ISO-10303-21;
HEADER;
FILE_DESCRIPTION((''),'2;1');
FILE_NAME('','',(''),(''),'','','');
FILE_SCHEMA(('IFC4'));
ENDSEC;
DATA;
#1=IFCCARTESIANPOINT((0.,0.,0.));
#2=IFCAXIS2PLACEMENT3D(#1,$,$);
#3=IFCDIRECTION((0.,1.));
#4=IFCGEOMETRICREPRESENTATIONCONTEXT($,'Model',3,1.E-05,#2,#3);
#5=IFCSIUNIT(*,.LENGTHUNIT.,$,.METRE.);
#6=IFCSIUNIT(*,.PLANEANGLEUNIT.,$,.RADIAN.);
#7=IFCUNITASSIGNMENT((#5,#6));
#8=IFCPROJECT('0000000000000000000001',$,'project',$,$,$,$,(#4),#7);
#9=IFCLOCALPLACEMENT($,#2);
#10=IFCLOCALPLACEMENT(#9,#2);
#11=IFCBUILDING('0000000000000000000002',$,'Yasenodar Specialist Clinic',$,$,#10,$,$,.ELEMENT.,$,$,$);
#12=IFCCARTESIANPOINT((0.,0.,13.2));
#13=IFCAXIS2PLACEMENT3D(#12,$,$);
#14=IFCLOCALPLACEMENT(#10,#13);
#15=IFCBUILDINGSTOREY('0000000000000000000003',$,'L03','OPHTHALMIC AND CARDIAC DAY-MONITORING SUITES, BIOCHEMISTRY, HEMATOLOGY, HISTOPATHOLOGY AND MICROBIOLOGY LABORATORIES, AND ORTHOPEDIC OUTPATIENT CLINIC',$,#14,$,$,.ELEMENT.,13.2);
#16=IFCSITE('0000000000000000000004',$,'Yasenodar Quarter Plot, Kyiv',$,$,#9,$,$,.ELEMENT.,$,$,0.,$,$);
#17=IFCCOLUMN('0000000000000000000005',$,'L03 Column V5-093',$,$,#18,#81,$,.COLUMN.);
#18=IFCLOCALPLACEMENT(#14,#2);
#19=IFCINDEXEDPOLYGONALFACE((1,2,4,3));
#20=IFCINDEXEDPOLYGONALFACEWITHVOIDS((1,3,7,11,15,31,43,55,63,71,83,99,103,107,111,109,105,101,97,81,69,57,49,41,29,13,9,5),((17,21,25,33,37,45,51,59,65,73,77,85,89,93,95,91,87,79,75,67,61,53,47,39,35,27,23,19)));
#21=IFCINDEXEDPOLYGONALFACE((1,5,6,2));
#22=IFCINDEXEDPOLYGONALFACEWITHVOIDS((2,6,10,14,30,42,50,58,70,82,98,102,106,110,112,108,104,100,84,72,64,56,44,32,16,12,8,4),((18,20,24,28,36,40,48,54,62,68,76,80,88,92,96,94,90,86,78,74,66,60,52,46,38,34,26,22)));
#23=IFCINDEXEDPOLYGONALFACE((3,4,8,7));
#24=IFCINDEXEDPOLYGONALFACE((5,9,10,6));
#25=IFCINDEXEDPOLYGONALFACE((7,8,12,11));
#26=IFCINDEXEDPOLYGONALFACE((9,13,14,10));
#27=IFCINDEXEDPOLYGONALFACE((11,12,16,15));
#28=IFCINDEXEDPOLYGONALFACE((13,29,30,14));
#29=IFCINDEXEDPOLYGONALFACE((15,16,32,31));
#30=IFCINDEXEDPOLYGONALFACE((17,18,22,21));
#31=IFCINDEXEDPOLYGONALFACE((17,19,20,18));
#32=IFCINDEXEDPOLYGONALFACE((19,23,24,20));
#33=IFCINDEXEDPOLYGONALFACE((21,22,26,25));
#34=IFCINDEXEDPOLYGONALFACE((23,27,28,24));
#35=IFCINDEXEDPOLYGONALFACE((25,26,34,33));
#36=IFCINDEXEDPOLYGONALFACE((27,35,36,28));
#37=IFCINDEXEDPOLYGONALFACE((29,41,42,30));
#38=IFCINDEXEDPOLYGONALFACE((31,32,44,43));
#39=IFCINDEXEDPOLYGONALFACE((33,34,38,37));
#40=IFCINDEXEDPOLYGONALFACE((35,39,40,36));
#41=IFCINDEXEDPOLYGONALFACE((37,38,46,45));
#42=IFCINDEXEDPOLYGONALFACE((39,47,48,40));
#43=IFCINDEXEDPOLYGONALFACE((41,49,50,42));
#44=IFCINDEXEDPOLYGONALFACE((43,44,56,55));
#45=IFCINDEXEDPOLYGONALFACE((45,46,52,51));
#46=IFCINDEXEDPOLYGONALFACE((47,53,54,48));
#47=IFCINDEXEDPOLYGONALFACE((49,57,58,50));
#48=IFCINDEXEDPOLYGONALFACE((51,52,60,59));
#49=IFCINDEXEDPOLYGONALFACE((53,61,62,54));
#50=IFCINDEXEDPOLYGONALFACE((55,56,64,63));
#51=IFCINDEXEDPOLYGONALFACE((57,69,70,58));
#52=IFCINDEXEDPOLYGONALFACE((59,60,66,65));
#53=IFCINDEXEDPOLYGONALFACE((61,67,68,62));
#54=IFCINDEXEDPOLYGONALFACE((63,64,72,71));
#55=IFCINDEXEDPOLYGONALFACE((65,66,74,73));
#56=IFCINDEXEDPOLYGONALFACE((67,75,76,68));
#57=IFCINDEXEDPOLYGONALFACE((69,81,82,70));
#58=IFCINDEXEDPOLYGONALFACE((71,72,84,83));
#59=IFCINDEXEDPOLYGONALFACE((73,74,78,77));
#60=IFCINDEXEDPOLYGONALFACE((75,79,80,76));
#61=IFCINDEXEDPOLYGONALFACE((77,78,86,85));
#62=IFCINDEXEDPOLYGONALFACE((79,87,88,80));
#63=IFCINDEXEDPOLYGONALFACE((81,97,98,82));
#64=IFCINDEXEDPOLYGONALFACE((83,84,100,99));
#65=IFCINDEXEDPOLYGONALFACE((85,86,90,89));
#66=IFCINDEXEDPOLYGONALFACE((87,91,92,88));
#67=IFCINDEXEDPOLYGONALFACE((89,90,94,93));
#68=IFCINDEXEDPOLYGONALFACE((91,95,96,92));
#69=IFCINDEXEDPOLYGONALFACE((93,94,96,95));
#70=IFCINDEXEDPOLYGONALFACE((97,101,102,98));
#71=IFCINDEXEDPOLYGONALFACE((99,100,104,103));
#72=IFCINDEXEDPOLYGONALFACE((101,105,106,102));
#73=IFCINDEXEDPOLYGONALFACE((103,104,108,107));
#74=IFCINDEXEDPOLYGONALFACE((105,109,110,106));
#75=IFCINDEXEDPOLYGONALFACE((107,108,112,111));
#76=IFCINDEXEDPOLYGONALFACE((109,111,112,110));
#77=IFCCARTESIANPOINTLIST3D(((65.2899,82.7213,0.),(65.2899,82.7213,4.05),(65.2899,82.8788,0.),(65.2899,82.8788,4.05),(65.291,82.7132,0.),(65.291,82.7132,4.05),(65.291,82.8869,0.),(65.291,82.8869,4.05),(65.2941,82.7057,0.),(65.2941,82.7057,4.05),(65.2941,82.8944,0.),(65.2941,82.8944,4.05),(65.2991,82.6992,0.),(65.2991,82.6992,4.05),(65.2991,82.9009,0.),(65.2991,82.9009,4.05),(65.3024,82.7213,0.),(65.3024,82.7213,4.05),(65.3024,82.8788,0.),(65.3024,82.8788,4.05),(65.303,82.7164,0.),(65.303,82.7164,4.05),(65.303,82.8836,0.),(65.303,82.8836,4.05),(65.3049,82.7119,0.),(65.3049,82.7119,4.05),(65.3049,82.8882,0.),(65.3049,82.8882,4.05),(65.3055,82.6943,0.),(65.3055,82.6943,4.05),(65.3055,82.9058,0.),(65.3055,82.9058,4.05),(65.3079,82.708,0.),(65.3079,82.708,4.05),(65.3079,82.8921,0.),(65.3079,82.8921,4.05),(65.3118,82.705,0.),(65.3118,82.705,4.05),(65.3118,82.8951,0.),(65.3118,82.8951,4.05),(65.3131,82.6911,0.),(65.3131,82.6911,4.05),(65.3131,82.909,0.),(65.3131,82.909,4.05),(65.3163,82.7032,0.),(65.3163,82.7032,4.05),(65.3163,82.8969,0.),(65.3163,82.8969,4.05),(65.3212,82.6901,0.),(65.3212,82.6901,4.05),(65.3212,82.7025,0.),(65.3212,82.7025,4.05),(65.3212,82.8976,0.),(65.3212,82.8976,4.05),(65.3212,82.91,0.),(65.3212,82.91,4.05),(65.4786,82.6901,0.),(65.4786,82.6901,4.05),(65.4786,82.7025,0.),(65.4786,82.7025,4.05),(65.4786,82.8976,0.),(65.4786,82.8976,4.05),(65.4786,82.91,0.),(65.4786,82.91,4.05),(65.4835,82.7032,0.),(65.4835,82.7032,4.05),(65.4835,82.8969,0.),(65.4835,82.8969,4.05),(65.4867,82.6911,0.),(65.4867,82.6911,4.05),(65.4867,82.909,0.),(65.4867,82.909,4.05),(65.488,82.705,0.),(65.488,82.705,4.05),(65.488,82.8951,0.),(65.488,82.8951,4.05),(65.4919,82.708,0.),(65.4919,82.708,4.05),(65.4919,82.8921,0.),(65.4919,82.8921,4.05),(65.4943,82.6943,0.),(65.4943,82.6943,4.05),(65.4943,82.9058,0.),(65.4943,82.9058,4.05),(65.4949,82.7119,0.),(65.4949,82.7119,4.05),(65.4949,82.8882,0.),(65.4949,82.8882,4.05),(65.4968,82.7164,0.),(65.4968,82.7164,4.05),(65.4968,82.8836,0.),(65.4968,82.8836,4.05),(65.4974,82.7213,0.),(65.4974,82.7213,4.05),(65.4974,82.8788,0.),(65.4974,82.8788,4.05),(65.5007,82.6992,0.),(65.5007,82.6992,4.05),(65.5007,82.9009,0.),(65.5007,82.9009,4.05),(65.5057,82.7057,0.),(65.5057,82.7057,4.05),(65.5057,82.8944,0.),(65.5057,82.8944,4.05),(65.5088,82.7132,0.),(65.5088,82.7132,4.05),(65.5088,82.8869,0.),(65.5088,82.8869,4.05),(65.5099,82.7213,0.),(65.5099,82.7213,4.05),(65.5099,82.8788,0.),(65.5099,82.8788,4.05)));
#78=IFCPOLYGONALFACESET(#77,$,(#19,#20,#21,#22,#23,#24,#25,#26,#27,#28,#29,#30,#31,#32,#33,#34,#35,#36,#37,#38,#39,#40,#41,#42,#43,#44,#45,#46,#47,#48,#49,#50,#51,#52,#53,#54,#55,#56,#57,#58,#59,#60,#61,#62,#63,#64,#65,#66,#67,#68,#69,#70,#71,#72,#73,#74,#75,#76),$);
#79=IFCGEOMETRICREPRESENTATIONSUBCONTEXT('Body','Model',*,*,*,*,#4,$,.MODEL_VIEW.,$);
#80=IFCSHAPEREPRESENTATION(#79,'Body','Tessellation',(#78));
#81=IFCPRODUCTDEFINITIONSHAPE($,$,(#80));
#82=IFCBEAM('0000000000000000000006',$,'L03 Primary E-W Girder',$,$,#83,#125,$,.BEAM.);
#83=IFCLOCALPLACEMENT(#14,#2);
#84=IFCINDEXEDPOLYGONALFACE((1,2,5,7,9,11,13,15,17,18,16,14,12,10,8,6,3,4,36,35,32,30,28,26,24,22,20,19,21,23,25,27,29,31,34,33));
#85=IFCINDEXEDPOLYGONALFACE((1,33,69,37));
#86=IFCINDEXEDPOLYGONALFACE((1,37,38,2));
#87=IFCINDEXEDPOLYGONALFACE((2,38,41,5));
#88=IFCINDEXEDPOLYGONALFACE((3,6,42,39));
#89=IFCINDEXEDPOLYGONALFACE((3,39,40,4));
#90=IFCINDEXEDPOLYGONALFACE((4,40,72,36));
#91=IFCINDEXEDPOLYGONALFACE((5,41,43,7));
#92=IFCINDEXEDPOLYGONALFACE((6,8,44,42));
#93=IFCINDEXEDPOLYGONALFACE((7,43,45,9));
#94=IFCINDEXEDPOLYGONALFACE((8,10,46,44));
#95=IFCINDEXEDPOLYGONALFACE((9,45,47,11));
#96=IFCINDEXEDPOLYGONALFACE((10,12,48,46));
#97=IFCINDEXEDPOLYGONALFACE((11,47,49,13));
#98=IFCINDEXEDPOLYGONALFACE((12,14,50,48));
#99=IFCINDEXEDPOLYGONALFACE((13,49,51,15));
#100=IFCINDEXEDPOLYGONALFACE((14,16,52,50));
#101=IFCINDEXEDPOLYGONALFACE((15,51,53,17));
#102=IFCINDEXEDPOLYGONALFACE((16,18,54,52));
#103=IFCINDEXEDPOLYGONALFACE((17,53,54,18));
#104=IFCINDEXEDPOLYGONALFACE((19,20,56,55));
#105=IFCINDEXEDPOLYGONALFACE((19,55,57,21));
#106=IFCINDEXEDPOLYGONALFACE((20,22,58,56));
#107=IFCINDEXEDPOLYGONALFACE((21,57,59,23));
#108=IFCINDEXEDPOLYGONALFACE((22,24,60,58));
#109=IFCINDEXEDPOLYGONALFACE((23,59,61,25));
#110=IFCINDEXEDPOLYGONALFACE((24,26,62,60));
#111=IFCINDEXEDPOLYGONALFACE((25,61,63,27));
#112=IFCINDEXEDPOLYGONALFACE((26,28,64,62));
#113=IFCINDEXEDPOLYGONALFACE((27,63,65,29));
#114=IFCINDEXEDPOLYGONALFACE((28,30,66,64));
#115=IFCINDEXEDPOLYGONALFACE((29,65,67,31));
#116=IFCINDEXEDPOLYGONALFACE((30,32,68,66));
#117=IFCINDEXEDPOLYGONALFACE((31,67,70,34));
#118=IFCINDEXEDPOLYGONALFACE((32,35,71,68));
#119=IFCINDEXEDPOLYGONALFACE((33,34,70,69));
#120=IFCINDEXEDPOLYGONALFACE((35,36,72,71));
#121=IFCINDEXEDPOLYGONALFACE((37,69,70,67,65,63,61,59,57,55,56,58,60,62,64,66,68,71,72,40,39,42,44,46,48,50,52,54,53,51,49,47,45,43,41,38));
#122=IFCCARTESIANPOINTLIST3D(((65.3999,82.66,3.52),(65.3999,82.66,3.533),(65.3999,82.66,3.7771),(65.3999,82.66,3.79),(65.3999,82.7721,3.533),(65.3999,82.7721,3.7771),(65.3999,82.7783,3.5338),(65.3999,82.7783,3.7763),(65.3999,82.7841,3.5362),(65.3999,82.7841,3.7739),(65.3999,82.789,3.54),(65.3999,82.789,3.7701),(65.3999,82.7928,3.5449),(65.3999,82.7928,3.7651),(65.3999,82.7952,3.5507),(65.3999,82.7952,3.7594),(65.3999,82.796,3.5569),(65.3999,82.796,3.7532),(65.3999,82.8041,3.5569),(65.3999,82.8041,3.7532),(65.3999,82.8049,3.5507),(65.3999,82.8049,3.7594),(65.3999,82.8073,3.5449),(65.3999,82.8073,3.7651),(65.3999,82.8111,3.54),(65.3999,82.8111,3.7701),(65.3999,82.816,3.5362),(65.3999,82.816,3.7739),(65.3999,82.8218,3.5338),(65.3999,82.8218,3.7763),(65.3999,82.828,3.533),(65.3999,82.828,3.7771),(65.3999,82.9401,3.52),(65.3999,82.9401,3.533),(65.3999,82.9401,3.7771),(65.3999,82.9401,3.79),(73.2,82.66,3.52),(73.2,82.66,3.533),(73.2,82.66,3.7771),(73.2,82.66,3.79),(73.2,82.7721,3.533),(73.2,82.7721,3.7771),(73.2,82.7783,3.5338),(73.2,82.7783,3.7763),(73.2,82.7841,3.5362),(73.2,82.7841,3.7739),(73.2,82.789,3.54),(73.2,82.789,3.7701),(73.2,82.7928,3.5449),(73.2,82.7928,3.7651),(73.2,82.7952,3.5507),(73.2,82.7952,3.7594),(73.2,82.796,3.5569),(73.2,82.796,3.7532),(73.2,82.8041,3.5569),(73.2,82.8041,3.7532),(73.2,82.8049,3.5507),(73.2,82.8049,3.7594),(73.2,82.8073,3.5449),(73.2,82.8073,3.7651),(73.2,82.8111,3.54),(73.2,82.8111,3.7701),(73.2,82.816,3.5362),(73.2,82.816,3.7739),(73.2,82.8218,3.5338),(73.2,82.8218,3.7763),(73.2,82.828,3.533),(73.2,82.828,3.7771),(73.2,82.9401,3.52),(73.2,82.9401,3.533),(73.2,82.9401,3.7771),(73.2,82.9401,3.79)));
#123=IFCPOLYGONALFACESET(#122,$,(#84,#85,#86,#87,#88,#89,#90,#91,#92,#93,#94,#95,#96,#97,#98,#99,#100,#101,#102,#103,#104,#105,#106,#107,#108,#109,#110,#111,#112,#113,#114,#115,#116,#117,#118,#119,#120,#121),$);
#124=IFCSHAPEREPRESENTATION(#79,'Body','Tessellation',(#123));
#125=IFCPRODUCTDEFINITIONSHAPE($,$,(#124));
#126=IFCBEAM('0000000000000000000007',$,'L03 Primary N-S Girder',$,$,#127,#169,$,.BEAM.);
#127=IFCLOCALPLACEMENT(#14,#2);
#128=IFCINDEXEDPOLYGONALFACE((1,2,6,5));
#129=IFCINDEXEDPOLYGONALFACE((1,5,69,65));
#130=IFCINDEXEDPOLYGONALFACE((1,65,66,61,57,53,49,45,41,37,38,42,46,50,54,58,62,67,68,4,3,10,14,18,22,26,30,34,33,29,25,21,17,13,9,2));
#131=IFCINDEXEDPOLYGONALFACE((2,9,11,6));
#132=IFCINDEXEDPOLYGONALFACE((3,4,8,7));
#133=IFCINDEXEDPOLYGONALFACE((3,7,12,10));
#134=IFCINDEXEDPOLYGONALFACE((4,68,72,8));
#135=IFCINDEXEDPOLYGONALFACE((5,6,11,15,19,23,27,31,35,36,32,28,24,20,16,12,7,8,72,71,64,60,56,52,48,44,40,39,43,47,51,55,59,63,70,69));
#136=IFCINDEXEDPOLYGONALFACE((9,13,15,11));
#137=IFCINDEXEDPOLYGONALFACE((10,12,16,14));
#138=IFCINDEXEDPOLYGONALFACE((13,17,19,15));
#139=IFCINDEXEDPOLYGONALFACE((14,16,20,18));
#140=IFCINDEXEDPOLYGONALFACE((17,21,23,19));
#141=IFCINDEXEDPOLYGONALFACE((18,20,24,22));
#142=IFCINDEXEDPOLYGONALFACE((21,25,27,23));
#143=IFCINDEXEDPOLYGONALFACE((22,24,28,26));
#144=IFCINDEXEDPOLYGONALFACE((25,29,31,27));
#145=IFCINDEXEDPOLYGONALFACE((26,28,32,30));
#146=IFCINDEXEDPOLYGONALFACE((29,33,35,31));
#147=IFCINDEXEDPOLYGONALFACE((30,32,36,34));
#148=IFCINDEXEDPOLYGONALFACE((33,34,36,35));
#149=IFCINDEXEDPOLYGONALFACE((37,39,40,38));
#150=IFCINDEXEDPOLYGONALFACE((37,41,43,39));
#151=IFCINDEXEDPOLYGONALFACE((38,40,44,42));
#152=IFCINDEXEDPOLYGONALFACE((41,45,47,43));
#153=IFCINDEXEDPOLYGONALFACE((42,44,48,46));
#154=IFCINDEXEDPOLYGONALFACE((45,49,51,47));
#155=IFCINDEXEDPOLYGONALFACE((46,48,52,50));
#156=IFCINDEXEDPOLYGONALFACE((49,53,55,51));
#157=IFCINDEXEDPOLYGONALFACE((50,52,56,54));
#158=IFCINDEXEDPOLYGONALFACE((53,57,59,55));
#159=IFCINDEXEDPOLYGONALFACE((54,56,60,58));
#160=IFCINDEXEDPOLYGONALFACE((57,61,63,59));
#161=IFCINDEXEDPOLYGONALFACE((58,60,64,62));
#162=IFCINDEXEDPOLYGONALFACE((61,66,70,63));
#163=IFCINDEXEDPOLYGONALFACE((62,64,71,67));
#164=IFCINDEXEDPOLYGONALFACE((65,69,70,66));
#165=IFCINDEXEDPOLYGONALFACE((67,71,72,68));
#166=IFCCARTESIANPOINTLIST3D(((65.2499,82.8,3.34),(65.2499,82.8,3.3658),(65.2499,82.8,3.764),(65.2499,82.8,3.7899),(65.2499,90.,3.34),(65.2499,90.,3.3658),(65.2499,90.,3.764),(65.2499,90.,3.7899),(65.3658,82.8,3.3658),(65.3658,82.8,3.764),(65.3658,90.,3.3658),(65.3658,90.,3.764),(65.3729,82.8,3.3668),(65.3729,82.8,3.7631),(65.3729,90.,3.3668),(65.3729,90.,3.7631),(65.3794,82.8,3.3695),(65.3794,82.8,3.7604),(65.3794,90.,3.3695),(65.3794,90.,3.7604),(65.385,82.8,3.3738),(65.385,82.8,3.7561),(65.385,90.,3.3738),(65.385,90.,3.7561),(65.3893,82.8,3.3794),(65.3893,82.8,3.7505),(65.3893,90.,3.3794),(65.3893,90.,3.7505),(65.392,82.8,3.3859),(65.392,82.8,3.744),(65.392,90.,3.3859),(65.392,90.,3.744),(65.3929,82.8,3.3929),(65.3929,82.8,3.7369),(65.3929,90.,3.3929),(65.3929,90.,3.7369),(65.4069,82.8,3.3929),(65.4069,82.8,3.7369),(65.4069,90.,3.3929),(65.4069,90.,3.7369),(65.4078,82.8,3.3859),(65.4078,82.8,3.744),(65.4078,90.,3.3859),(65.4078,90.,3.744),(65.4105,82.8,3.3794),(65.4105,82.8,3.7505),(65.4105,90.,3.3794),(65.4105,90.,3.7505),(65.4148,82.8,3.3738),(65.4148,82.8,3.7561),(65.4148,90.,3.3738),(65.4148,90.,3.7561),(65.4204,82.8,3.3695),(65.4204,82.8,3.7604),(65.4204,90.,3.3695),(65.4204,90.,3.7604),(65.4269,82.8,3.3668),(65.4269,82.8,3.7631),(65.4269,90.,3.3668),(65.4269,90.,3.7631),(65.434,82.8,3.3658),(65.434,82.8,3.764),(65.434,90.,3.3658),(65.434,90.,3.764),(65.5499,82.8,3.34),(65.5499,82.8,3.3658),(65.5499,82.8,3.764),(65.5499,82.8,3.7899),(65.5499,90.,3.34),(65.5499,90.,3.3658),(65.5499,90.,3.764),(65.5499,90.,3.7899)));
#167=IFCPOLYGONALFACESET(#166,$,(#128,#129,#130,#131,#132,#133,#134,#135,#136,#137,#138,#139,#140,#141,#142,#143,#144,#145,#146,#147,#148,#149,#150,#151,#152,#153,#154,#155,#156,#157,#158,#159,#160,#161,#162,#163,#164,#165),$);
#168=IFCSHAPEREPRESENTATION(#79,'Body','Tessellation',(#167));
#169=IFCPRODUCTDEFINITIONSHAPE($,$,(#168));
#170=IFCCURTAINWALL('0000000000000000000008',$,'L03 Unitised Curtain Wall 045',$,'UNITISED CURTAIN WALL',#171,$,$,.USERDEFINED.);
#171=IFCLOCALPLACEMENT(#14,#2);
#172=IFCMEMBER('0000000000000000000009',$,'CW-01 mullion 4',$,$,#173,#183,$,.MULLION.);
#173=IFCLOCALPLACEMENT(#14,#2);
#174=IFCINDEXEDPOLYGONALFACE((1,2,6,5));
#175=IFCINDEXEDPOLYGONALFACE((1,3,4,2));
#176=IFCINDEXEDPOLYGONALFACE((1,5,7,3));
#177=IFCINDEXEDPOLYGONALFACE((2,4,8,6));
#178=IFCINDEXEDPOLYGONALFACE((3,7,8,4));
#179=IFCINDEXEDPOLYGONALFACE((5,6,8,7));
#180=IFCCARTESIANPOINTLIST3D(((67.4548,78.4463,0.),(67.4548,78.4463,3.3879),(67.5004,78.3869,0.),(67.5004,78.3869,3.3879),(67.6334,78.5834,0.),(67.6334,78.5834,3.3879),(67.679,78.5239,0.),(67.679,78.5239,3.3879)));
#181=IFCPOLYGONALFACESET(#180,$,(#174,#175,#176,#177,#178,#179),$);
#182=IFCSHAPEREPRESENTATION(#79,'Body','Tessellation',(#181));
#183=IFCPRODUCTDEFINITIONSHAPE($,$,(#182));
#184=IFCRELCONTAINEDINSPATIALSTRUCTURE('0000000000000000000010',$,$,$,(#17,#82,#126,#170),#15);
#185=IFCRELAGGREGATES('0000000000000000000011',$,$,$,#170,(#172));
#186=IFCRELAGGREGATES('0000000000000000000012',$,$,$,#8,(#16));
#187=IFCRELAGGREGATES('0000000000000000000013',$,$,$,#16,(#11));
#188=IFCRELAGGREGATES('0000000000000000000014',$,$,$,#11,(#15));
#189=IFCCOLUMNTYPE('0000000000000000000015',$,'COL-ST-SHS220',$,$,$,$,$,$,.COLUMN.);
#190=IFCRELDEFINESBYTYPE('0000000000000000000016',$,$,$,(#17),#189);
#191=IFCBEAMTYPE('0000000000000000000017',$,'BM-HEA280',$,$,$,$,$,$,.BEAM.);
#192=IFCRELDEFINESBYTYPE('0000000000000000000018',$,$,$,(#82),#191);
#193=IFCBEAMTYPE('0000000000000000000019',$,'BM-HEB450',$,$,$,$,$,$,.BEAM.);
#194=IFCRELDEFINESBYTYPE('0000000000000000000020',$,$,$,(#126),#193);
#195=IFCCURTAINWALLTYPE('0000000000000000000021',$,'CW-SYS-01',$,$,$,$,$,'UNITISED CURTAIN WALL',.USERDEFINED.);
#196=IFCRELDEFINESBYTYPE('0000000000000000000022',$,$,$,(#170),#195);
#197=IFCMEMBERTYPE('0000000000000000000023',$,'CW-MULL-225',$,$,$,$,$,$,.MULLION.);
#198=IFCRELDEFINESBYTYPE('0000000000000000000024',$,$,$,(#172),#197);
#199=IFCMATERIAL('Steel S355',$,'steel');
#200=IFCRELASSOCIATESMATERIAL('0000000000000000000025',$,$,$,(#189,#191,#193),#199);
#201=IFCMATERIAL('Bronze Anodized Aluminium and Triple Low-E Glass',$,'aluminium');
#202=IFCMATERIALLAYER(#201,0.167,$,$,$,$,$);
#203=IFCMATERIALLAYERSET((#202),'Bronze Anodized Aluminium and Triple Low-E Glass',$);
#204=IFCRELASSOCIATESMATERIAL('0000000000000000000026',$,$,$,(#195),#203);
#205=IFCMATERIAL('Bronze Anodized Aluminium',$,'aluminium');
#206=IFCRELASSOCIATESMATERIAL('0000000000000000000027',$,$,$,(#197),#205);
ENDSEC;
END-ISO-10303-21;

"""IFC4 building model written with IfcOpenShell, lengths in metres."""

from ifc_helpers import new_model, si_unit, direction, frame, origin, origin_2d, place, context, subcontext, project, spatial, rectangle, hollow_rectangle, i_section, extrude, material, layer, layer_set, material_profile, profile_set, type_object, element, aggregate, save


model = new_model("IFC4")

# Units and contexts
model_context = context("Model", 3, precision=1e-05, world=origin(), true_north=direction((0.0, 1.0)))
body_context = subcontext(model_context, "Body", "Model", "MODEL_VIEW")
ifc_project = project(units=[si_unit("LENGTHUNIT", "METRE"), si_unit("PLANEANGLEUNIT", "RADIAN")], contexts=[model_context])

# Site, building, storey
site_placement = place(None, origin())
site = spatial("IfcSite", under=ifc_project, at=site_placement, Name="Yasenodar Quarter Plot, Kyiv", CompositionType="ELEMENT", RefElevation=0.0)
building_placement = place(site_placement, origin())
building = spatial("IfcBuilding", under=site, at=building_placement, Name="Yasenodar Specialist Clinic", CompositionType="ELEMENT")
storey_placement = place(building_placement, frame((0.0, 0.0, 13.2)))
storey = spatial("IfcBuildingStorey", under=building, at=storey_placement, Name="L03", Description="OPHTHALMIC AND CARDIAC DAY-MONITORING SUITES, BIOCHEMISTRY, HEMATOLOGY, HISTOPATHOLOGY AND MICROBIOLOGY LABORATORIES, AND ORTHOPEDIC OUTPATIENT CLINIC", CompositionType="ELEMENT", Elevation=13.2)

# Column
ifc_material_1 = material(Name="Steel S355", Category="steel")
ifc_material_profile_1 = material_profile(ifc_material_1, hollow_rectangle(XDim=0.22, YDim=0.22, WallThickness=0.0125, InnerFilletRadius=0.0188, OuterFilletRadius=0.0312, at=origin_2d()), Name="SHS 220x220x12.5")
ifc_profile_set_1 = profile_set([ifc_material_profile_1], Name="Steel S355")
column_type = type_object("IfcColumnType", Name="COL-ST-SHS220", PredefinedType="COLUMN", material=ifc_profile_set_1)
column_placement = place(storey_placement, frame((65.3999, 82.8, 0.0), z_axis=(0.0, 0.0, 1.0), x_axis=(1.0, 0.0, 0.0)))
element("IfcColumn", 1, at=column_placement, inside=storey, type_object=column_type, Name="L03 Column V5-093", PredefinedType="COLUMN", context=body_context, shape_type="SweptSolid", body=[
    extrude(hollow_rectangle(XDim=0.22, YDim=0.22, WallThickness=0.0125, InnerFilletRadius=0.0188, OuterFilletRadius=0.0312, at=origin_2d()), origin(), (0.0, 0.0, 1.0), 4.05),
])

# Beams
ifc_material_profile_2 = material_profile(ifc_material_1, i_section(OverallWidth=0.28, OverallDepth=0.27, WebThickness=0.0081, FlangeThickness=0.0129, FilletRadius=0.0239, at=origin_2d()), Name="HEA 280")
ifc_profile_set_2 = profile_set([ifc_material_profile_2], Name="Steel S355")
beam_type_1 = type_object("IfcBeamType", Name="BM-HEA280", PredefinedType="BEAM", material=ifc_profile_set_2)
beam_1_placement = place(storey_placement, frame((65.3999, 82.8, 3.655), z_axis=(1.0, 0.0, 0.0), x_axis=(0.0, 1.0, 0.0)))
element("IfcBeam", 2, at=beam_1_placement, inside=storey, type_object=beam_type_1, Name="L03 Primary E-W Girder", PredefinedType="BEAM", context=body_context, shape_type="SweptSolid", body=[
    extrude(i_section(OverallWidth=0.28, OverallDepth=0.27, WebThickness=0.0081, FlangeThickness=0.0129, FilletRadius=0.0239, at=origin_2d()), origin(), (0.0, 0.0, 1.0), 7.8),
])
ifc_material_profile_3 = material_profile(ifc_material_1, i_section(OverallWidth=0.3, OverallDepth=0.45, WebThickness=0.0139, FlangeThickness=0.0259, FilletRadius=0.0271, at=origin_2d()), Name="HEB 450")
ifc_profile_set_3 = profile_set([ifc_material_profile_3], Name="Steel S355")
beam_type_2 = type_object("IfcBeamType", Name="BM-HEB450", PredefinedType="BEAM", material=ifc_profile_set_3)
beam_2_placement = place(storey_placement, frame((65.3999, 82.8, 3.5649), z_axis=(0.0, 1.0, 0.0), x_axis=(-1.0, 0.0, 0.0)))
element("IfcBeam", 3, at=beam_2_placement, inside=storey, type_object=beam_type_2, Name="L03 Primary N-S Girder", PredefinedType="BEAM", context=body_context, shape_type="SweptSolid", body=[
    extrude(i_section(OverallWidth=0.3, OverallDepth=0.45, WebThickness=0.0139, FlangeThickness=0.0259, FilletRadius=0.0271, at=origin_2d()), origin(), (0.0, 0.0, 1.0), 7.2),
])

# Curtain wall, member
ifc_material_2 = material(Name="Bronze Anodized Aluminium and Triple Low-E Glass", Category="aluminium")
ifc_layer_1 = layer(ifc_material_2, 0.167)
ifc_layer_set_1 = layer_set([ifc_layer_1], Name="Bronze Anodized Aluminium and Triple Low-E Glass")
curtain_wall_type = type_object("IfcCurtainWallType", Name="CW-SYS-01", ElementType="UNITISED CURTAIN WALL", PredefinedType="USERDEFINED", material=ifc_layer_set_1)
curtain_wall_placement = place(storey_placement, origin())
curtain_wall = element("IfcCurtainWall", 4, at=curtain_wall_placement, inside=storey, type_object=curtain_wall_type, Name="L03 Unitised Curtain Wall 045", ObjectType="UNITISED CURTAIN WALL", PredefinedType="USERDEFINED")
ifc_material_3 = material(Name="Bronze Anodized Aluminium", Category="aluminium")
ifc_material_profile_4 = material_profile(ifc_material_3, rectangle(XDim=0.075, YDim=0.2251, at=origin_2d()), Name="CW-MULL 75x225")
ifc_profile_set_4 = profile_set([ifc_material_profile_4], Name="Bronze Anodized Aluminium")
member_type_1 = type_object("IfcMemberType", Name="CW-MULL-225", PredefinedType="MULLION", material=ifc_profile_set_4)
member_1_placement = place(storey_placement, frame((67.5669, 78.4851, 0.0), z_axis=(0.0, 0.0, 1.0), x_axis=(-0.608752, 0.793361, 0.0)))
member_1 = element("IfcMember", 5, at=member_1_placement, type_object=member_type_1, Name="CW-01 mullion 4", PredefinedType="MULLION", context=body_context, shape_type="SweptSolid", body=[
    extrude(rectangle(XDim=0.075, YDim=0.2251, at=origin_2d()), origin(), (0.0, 0.0, 1.0), 3.3879),
])
aggregate(curtain_wall, [member_1])

save(model, "model.ifc")
